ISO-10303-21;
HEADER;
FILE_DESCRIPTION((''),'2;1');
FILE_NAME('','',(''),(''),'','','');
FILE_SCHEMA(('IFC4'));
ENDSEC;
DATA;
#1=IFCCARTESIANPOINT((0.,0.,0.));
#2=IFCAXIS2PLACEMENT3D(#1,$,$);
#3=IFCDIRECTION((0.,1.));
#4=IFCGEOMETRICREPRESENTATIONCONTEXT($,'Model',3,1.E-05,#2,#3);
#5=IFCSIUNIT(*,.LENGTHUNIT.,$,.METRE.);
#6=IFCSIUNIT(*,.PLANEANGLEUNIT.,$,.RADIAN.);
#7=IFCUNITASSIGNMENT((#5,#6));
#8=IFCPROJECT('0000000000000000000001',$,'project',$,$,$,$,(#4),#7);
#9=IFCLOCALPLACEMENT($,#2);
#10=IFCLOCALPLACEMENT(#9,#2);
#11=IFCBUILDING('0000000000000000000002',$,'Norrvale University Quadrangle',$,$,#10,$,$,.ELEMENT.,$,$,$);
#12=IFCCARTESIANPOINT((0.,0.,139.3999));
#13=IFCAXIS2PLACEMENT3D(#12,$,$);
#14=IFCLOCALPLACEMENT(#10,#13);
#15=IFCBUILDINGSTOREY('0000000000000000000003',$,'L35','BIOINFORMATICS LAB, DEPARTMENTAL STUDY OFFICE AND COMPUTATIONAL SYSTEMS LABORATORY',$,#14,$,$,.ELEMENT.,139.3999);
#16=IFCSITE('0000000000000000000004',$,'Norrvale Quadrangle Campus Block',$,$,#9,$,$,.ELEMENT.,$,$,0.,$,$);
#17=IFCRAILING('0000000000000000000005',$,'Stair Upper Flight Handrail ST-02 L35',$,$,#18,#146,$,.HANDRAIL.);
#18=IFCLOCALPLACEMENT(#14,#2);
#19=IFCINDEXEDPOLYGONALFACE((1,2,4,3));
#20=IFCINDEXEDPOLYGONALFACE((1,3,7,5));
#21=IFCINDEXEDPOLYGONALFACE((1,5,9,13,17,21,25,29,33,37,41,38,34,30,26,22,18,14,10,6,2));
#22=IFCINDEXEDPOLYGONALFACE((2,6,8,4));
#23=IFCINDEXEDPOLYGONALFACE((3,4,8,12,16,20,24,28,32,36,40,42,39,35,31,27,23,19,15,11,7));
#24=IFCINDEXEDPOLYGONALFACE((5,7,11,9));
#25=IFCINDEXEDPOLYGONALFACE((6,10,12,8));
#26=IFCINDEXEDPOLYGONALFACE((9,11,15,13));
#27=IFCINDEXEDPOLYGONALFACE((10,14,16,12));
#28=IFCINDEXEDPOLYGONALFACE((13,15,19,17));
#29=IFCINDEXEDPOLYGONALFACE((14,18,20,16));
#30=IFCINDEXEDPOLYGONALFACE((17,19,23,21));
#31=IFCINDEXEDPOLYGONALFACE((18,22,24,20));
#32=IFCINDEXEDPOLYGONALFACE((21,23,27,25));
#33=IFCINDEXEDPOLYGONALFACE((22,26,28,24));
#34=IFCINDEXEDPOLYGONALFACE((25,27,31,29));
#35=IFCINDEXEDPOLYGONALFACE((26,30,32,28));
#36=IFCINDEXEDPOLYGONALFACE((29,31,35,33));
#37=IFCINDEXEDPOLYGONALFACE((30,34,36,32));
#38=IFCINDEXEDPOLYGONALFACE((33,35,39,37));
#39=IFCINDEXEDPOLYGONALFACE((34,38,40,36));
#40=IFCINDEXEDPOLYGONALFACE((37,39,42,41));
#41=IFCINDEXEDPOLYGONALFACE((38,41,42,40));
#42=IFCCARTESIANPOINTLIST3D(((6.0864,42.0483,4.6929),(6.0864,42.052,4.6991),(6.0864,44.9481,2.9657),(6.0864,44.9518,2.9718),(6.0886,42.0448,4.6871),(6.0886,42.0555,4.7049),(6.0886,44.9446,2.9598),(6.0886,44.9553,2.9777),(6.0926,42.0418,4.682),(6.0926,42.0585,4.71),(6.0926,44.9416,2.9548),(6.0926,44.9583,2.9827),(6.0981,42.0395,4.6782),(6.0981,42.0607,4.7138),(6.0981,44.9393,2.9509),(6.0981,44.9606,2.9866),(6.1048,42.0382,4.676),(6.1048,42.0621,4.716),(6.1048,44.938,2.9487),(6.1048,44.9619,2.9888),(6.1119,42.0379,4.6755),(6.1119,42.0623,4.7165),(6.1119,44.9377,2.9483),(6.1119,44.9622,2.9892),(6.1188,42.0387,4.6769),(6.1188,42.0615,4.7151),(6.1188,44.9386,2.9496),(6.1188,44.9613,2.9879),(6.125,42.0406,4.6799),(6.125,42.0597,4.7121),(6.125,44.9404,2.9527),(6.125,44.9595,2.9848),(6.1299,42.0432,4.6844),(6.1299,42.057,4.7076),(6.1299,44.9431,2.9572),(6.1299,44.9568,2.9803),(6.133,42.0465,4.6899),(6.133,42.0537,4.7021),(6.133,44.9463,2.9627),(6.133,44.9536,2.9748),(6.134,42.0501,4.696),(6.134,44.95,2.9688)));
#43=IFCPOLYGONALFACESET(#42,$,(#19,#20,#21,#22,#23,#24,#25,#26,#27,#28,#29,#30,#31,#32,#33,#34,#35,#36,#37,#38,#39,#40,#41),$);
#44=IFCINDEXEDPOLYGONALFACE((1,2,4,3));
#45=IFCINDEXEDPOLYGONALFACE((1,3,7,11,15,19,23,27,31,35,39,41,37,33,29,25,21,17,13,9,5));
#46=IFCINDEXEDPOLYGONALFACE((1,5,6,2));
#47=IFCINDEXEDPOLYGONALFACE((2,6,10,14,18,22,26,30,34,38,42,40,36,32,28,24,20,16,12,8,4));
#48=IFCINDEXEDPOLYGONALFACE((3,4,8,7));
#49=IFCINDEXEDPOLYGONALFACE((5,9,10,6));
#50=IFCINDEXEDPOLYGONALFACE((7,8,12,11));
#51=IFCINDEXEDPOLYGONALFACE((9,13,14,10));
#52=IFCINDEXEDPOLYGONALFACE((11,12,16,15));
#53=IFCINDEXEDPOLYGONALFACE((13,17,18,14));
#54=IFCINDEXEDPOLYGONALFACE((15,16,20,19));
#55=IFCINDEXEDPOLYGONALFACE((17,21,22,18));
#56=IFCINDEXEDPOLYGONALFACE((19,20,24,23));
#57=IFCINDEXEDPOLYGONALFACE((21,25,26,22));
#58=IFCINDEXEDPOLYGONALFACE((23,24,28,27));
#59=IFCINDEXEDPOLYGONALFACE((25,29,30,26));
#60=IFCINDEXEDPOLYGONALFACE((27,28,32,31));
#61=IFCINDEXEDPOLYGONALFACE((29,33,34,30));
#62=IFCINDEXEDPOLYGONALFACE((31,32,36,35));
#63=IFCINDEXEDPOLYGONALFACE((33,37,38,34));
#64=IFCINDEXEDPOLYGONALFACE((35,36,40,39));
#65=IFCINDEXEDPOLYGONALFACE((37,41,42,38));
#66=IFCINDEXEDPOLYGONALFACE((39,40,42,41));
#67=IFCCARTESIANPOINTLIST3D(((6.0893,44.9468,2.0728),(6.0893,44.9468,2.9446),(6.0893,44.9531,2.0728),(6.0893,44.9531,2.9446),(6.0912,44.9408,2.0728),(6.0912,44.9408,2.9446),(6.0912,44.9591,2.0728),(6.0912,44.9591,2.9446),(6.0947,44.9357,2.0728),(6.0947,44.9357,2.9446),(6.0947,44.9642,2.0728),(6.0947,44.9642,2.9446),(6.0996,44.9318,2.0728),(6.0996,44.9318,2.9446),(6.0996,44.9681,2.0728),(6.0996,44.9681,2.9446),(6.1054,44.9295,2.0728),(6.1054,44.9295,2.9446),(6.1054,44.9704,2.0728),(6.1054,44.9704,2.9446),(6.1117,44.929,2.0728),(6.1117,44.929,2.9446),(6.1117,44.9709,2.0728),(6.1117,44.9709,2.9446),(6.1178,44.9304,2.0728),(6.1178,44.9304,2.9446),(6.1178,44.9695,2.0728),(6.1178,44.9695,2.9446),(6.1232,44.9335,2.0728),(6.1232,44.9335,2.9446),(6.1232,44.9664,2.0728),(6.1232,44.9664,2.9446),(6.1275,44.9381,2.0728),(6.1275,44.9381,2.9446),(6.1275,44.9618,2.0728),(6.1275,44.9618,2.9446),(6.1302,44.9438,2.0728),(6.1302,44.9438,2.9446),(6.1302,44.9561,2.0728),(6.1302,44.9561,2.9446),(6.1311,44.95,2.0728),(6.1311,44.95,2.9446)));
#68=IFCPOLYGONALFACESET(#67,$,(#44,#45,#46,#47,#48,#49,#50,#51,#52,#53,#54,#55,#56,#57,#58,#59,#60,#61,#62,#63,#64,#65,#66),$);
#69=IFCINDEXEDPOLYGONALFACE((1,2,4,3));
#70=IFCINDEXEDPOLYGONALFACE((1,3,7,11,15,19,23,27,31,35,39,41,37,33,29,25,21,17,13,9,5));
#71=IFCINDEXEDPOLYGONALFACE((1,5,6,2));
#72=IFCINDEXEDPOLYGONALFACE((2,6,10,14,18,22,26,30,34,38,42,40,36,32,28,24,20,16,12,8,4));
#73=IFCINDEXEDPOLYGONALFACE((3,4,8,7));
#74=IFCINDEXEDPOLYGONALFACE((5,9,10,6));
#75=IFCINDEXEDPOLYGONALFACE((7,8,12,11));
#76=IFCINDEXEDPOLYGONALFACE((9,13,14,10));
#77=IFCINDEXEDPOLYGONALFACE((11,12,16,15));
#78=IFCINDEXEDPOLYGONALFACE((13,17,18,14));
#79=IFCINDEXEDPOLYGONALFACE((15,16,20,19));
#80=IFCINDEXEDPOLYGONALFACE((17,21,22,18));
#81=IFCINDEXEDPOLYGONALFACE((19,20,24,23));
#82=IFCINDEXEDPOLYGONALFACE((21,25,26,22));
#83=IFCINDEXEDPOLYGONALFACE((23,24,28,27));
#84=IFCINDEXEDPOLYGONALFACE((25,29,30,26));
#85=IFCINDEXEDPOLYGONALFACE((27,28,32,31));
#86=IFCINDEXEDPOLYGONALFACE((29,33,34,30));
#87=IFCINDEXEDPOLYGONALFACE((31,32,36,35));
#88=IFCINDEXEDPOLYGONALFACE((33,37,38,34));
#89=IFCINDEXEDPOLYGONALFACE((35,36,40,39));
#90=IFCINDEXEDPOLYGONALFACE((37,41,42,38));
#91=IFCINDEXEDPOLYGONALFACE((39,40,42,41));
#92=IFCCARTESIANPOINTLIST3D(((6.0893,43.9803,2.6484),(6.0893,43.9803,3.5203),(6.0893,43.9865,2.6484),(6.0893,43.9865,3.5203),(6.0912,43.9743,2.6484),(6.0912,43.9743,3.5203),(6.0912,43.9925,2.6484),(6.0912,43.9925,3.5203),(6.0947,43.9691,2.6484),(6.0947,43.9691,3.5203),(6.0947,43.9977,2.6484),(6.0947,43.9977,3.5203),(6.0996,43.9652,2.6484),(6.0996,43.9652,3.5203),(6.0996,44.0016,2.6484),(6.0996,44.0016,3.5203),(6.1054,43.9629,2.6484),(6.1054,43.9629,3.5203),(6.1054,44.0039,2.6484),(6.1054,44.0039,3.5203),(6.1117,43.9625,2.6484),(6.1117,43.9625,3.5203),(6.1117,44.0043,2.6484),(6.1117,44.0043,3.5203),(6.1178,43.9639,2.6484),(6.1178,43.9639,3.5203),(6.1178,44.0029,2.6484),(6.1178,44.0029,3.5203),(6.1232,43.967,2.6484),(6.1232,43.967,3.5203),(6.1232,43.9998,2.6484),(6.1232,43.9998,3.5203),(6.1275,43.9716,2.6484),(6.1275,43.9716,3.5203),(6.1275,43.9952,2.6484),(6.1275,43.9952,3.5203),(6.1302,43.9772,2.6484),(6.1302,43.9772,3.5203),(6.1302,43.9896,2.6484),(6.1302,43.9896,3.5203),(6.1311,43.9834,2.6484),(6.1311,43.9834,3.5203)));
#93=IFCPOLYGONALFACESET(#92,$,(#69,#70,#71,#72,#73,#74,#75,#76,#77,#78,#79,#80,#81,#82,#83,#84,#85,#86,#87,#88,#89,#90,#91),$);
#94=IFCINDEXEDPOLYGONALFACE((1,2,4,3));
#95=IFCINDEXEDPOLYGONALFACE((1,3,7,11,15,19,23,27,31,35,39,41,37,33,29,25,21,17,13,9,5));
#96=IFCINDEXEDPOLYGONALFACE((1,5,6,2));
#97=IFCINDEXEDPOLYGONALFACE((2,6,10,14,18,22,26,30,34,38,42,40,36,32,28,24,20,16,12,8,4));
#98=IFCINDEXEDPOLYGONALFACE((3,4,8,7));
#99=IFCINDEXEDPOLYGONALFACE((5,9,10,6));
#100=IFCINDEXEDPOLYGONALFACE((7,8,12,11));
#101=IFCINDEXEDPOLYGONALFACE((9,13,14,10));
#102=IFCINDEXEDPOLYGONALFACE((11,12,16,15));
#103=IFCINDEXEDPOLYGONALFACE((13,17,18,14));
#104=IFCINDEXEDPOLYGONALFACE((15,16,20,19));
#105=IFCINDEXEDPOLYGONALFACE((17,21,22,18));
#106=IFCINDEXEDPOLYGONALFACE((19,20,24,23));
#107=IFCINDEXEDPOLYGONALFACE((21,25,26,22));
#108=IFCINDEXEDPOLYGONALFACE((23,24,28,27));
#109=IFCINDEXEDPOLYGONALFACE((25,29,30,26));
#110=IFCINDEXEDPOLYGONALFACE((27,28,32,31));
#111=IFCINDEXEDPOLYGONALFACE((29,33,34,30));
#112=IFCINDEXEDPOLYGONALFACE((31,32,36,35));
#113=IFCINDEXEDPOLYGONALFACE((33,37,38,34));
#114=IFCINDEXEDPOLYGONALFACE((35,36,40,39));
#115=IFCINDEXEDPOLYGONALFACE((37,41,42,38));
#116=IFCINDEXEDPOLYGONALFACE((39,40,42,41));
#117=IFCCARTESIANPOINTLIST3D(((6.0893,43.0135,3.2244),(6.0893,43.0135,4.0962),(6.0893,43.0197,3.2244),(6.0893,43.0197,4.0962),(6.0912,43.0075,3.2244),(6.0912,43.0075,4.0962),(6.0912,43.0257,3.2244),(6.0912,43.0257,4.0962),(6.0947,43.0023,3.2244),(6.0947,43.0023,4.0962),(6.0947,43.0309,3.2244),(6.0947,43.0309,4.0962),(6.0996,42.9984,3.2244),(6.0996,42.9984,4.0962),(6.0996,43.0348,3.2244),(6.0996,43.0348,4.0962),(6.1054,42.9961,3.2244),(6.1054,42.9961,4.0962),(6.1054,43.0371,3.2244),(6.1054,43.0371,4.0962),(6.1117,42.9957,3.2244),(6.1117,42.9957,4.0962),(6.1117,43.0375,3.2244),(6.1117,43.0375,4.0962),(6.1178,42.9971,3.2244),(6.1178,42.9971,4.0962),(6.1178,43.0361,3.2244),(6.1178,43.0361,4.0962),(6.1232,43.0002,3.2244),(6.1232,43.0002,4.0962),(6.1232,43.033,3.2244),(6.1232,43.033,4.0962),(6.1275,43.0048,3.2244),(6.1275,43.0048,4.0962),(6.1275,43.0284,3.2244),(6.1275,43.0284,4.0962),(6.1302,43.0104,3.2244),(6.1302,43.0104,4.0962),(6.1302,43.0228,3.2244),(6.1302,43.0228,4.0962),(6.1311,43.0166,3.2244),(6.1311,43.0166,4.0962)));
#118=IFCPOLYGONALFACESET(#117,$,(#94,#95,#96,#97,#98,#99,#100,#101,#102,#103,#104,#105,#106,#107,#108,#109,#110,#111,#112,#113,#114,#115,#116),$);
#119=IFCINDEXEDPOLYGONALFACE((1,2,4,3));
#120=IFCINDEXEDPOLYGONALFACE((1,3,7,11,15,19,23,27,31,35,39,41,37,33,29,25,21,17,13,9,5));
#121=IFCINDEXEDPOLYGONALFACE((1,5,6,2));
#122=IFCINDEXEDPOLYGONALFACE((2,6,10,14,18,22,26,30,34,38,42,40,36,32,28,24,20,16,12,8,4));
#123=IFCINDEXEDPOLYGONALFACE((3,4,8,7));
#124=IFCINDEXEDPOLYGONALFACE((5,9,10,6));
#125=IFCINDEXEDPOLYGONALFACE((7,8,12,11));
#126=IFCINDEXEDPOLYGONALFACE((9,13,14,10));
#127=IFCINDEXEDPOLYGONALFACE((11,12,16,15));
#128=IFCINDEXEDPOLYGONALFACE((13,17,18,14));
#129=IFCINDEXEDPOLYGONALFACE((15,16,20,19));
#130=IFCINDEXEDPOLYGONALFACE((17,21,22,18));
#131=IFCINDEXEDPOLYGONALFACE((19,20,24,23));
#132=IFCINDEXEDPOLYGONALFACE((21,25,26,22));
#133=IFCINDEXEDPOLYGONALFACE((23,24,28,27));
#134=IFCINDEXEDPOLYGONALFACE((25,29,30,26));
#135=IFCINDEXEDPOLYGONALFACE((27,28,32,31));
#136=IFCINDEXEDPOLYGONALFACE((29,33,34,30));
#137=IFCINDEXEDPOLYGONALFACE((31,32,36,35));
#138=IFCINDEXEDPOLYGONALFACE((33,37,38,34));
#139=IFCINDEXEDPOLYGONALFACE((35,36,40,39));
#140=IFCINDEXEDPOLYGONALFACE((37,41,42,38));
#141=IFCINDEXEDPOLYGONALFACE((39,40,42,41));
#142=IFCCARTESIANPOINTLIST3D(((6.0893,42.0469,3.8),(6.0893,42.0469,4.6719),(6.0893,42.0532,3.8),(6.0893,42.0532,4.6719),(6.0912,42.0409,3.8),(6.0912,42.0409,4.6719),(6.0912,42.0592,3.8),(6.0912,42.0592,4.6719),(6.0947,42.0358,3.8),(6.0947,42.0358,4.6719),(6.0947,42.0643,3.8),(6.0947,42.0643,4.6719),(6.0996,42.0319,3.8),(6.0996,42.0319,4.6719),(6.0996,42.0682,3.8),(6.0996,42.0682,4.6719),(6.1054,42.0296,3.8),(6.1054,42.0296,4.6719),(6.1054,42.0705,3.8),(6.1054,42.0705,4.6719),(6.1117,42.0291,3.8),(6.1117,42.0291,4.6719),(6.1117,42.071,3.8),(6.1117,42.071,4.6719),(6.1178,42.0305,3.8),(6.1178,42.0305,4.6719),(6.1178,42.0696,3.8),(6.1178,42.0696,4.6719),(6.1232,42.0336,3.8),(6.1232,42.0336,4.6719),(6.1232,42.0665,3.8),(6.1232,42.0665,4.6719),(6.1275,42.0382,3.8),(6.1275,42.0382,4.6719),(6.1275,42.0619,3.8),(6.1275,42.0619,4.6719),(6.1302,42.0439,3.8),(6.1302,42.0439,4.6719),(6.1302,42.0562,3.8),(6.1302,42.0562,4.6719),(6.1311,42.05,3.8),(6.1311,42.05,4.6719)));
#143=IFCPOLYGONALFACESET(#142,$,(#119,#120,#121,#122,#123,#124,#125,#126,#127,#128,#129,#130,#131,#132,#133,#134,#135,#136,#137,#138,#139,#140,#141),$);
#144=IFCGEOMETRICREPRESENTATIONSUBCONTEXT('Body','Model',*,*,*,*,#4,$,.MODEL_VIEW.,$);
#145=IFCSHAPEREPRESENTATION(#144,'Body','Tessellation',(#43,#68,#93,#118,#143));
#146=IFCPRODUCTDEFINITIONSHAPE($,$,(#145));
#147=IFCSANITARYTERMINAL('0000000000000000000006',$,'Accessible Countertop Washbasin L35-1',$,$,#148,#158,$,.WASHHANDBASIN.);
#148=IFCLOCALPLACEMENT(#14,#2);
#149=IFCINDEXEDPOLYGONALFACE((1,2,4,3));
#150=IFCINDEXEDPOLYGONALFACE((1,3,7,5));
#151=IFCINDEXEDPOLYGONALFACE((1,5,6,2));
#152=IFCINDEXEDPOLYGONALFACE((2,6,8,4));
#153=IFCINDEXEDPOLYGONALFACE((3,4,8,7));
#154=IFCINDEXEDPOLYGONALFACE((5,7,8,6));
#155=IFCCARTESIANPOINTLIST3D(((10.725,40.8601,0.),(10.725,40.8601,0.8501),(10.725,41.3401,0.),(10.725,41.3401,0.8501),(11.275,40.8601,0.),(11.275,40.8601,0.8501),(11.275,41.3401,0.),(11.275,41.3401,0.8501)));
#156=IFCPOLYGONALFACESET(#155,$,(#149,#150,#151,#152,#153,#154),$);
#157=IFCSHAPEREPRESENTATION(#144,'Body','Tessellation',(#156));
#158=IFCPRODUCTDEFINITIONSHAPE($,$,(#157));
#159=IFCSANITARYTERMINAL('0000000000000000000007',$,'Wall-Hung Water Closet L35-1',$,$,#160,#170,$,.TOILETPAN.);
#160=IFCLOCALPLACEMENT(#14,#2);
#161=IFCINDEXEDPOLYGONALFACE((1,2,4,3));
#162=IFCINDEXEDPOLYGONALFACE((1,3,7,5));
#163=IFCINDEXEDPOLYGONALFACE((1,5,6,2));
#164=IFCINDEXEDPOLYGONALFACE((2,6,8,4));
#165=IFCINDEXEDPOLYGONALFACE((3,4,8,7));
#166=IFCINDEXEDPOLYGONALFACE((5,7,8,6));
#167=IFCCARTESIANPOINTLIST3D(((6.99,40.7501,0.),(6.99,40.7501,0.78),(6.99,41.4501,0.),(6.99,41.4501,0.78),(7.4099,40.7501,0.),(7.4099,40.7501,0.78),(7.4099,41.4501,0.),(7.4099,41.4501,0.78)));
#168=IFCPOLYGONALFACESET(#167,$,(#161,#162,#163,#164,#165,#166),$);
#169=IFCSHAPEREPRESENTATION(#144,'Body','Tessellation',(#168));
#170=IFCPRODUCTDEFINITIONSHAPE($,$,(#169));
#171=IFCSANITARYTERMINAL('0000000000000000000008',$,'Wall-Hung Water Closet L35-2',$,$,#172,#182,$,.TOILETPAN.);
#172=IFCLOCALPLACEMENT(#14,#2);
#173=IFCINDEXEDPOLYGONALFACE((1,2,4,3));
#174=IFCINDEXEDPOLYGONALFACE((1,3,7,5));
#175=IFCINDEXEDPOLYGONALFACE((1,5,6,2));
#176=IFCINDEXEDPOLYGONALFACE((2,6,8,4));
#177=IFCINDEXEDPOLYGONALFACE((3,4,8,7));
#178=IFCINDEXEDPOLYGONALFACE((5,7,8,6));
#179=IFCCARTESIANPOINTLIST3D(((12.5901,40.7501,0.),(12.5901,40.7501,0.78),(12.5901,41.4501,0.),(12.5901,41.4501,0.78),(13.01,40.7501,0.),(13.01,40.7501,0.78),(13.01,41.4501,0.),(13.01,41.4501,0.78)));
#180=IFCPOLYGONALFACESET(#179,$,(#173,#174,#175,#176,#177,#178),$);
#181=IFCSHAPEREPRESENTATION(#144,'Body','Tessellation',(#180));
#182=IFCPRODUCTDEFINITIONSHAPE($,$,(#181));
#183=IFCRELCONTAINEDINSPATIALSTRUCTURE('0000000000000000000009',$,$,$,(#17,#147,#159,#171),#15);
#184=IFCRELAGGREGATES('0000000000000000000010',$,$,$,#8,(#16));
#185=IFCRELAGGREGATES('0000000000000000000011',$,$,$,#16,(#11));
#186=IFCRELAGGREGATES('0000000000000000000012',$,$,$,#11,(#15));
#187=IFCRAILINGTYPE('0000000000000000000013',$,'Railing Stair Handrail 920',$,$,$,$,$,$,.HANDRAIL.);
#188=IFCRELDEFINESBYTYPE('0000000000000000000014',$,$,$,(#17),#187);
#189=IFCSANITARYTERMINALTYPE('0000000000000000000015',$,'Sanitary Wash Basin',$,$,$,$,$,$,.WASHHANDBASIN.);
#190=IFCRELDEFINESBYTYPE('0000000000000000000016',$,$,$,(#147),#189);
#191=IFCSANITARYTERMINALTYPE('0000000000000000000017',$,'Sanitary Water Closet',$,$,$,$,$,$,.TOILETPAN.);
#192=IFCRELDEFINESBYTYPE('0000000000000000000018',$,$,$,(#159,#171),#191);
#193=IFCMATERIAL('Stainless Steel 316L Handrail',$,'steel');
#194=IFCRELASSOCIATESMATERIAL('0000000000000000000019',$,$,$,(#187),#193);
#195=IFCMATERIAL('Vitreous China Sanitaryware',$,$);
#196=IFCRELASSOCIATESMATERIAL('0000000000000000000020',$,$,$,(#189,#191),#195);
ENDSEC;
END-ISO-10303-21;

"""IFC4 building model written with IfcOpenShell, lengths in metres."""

from ifc_helpers import new_model, si_unit, direction, frame, origin, origin_2d, place, context, subcontext, project, spatial, rectangle, circle, extrude, material, type_object, element, save


model = new_model("IFC4")

# Units and contexts
model_context = context("Model", 3, precision=1e-05, world=origin(), true_north=direction((0.0, 1.0)))
body_context = subcontext(model_context, "Body", "Model", "MODEL_VIEW")
ifc_project = project(units=[si_unit("LENGTHUNIT", "METRE"), si_unit("PLANEANGLEUNIT", "RADIAN")], contexts=[model_context])

# Site, building, storey
site_placement = place(None, origin())
site = spatial("IfcSite", under=ifc_project, at=site_placement, Name="Norrvale Quadrangle Campus Block", CompositionType="ELEMENT", RefElevation=0.0)
building_placement = place(site_placement, origin())
building = spatial("IfcBuilding", under=site, at=building_placement, Name="Norrvale University Quadrangle", CompositionType="ELEMENT")
storey_placement = place(building_placement, frame((0.0, 0.0, 139.3999)))
storey = spatial("IfcBuildingStorey", under=building, at=storey_placement, Name="L35", Description="BIOINFORMATICS LAB, DEPARTMENTAL STUDY OFFICE AND COMPUTATIONAL SYSTEMS LABORATORY", CompositionType="ELEMENT", Elevation=139.3999)

# Railing
ifc_material_1 = material(Name="Stainless Steel 316L Handrail", Category="steel")
railing_type_1 = type_object("IfcRailingType", Name="Railing Stair Handrail 920", PredefinedType="HANDRAIL", material=ifc_material_1)
railing_1_placement = place(storey_placement, frame((6.1101, 44.95, 2.0728)))
element("IfcRailing", 1, at=railing_1_placement, inside=storey, type_object=railing_type_1, Name="Stair Upper Flight Handrail ST-02 L35", PredefinedType="HANDRAIL", context=body_context, shape_type="SweptSolid", body=[
    extrude(circle(Radius=0.0239, at=origin_2d()), frame((0.0, 0.0, 0.896), z_axis=(0.0, -0.859141, 0.511738), x_axis=(1.0, 0.0, 0.0)), (0.0, 0.0, 1.0), 3.3752),
    extrude(circle(Radius=0.021, at=origin_2d()), origin(), (0.0, 0.0, 1.0), 0.8718),
    extrude(circle(Radius=0.021, at=origin_2d()), frame((0.0, -0.9666, 0.5757)), (0.0, 0.0, 1.0), 0.8718),
    extrude(circle(Radius=0.021, at=origin_2d()), frame((0.0, -1.9333, 1.1516)), (0.0, 0.0, 1.0), 0.8718),
    extrude(circle(Radius=0.021, at=origin_2d()), frame((0.0, -2.8999, 1.7273)), (0.0, 0.0, 1.0), 0.8718),
])

# Sanitary terminals
ifc_material_2 = material(Name="Vitreous China Sanitaryware")
sanitary_terminal_type_1 = type_object("IfcSanitaryTerminalType", Name="Sanitary Wash Basin", PredefinedType="WASHHANDBASIN", material=ifc_material_2)
sanitary_terminal_placement = place(storey_placement, frame((11.0, 41.1001, 0.0), z_axis=(0.0, 0.0, 1.0), x_axis=(1.0, 0.0, 0.0)))
element("IfcSanitaryTerminal", 2, at=sanitary_terminal_placement, inside=storey, type_object=sanitary_terminal_type_1, Name="Accessible Countertop Washbasin L35-1", PredefinedType="WASHHANDBASIN", context=body_context, shape_type="SweptSolid", body=[
    extrude(rectangle(XDim=0.55, YDim=0.48, at=origin_2d()), origin(), (0.0, 0.0, 1.0), 0.8501),
])
sanitary_terminal_type_2 = type_object("IfcSanitaryTerminalType", Name="Sanitary Water Closet", PredefinedType="TOILETPAN", material=ifc_material_2)
for number, where, z_axis, x_axis, name in (
    (3, (7.2, 41.1001, 0.0), (0.0, 0.0, 1.0), (1.0, 0.0, 0.0), "Wall-Hung Water Closet L35-1"),
    (4, (12.8, 41.1001, 0.0), (0.0, 0.0, 1.0), (1.0, 0.0, 0.0), "Wall-Hung Water Closet L35-2"),
):
    element("IfcSanitaryTerminal", number, at=place(storey_placement, frame(where, z_axis=z_axis, x_axis=x_axis)), inside=storey, type_object=sanitary_terminal_type_2, Name=name, PredefinedType="TOILETPAN", context=body_context, shape_type="SweptSolid", body=[
        extrude(rectangle(XDim=0.4199, YDim=0.7, at=origin_2d()), origin(), (0.0, 0.0, 1.0), 0.78),
    ])

save(model, "model.ifc")
